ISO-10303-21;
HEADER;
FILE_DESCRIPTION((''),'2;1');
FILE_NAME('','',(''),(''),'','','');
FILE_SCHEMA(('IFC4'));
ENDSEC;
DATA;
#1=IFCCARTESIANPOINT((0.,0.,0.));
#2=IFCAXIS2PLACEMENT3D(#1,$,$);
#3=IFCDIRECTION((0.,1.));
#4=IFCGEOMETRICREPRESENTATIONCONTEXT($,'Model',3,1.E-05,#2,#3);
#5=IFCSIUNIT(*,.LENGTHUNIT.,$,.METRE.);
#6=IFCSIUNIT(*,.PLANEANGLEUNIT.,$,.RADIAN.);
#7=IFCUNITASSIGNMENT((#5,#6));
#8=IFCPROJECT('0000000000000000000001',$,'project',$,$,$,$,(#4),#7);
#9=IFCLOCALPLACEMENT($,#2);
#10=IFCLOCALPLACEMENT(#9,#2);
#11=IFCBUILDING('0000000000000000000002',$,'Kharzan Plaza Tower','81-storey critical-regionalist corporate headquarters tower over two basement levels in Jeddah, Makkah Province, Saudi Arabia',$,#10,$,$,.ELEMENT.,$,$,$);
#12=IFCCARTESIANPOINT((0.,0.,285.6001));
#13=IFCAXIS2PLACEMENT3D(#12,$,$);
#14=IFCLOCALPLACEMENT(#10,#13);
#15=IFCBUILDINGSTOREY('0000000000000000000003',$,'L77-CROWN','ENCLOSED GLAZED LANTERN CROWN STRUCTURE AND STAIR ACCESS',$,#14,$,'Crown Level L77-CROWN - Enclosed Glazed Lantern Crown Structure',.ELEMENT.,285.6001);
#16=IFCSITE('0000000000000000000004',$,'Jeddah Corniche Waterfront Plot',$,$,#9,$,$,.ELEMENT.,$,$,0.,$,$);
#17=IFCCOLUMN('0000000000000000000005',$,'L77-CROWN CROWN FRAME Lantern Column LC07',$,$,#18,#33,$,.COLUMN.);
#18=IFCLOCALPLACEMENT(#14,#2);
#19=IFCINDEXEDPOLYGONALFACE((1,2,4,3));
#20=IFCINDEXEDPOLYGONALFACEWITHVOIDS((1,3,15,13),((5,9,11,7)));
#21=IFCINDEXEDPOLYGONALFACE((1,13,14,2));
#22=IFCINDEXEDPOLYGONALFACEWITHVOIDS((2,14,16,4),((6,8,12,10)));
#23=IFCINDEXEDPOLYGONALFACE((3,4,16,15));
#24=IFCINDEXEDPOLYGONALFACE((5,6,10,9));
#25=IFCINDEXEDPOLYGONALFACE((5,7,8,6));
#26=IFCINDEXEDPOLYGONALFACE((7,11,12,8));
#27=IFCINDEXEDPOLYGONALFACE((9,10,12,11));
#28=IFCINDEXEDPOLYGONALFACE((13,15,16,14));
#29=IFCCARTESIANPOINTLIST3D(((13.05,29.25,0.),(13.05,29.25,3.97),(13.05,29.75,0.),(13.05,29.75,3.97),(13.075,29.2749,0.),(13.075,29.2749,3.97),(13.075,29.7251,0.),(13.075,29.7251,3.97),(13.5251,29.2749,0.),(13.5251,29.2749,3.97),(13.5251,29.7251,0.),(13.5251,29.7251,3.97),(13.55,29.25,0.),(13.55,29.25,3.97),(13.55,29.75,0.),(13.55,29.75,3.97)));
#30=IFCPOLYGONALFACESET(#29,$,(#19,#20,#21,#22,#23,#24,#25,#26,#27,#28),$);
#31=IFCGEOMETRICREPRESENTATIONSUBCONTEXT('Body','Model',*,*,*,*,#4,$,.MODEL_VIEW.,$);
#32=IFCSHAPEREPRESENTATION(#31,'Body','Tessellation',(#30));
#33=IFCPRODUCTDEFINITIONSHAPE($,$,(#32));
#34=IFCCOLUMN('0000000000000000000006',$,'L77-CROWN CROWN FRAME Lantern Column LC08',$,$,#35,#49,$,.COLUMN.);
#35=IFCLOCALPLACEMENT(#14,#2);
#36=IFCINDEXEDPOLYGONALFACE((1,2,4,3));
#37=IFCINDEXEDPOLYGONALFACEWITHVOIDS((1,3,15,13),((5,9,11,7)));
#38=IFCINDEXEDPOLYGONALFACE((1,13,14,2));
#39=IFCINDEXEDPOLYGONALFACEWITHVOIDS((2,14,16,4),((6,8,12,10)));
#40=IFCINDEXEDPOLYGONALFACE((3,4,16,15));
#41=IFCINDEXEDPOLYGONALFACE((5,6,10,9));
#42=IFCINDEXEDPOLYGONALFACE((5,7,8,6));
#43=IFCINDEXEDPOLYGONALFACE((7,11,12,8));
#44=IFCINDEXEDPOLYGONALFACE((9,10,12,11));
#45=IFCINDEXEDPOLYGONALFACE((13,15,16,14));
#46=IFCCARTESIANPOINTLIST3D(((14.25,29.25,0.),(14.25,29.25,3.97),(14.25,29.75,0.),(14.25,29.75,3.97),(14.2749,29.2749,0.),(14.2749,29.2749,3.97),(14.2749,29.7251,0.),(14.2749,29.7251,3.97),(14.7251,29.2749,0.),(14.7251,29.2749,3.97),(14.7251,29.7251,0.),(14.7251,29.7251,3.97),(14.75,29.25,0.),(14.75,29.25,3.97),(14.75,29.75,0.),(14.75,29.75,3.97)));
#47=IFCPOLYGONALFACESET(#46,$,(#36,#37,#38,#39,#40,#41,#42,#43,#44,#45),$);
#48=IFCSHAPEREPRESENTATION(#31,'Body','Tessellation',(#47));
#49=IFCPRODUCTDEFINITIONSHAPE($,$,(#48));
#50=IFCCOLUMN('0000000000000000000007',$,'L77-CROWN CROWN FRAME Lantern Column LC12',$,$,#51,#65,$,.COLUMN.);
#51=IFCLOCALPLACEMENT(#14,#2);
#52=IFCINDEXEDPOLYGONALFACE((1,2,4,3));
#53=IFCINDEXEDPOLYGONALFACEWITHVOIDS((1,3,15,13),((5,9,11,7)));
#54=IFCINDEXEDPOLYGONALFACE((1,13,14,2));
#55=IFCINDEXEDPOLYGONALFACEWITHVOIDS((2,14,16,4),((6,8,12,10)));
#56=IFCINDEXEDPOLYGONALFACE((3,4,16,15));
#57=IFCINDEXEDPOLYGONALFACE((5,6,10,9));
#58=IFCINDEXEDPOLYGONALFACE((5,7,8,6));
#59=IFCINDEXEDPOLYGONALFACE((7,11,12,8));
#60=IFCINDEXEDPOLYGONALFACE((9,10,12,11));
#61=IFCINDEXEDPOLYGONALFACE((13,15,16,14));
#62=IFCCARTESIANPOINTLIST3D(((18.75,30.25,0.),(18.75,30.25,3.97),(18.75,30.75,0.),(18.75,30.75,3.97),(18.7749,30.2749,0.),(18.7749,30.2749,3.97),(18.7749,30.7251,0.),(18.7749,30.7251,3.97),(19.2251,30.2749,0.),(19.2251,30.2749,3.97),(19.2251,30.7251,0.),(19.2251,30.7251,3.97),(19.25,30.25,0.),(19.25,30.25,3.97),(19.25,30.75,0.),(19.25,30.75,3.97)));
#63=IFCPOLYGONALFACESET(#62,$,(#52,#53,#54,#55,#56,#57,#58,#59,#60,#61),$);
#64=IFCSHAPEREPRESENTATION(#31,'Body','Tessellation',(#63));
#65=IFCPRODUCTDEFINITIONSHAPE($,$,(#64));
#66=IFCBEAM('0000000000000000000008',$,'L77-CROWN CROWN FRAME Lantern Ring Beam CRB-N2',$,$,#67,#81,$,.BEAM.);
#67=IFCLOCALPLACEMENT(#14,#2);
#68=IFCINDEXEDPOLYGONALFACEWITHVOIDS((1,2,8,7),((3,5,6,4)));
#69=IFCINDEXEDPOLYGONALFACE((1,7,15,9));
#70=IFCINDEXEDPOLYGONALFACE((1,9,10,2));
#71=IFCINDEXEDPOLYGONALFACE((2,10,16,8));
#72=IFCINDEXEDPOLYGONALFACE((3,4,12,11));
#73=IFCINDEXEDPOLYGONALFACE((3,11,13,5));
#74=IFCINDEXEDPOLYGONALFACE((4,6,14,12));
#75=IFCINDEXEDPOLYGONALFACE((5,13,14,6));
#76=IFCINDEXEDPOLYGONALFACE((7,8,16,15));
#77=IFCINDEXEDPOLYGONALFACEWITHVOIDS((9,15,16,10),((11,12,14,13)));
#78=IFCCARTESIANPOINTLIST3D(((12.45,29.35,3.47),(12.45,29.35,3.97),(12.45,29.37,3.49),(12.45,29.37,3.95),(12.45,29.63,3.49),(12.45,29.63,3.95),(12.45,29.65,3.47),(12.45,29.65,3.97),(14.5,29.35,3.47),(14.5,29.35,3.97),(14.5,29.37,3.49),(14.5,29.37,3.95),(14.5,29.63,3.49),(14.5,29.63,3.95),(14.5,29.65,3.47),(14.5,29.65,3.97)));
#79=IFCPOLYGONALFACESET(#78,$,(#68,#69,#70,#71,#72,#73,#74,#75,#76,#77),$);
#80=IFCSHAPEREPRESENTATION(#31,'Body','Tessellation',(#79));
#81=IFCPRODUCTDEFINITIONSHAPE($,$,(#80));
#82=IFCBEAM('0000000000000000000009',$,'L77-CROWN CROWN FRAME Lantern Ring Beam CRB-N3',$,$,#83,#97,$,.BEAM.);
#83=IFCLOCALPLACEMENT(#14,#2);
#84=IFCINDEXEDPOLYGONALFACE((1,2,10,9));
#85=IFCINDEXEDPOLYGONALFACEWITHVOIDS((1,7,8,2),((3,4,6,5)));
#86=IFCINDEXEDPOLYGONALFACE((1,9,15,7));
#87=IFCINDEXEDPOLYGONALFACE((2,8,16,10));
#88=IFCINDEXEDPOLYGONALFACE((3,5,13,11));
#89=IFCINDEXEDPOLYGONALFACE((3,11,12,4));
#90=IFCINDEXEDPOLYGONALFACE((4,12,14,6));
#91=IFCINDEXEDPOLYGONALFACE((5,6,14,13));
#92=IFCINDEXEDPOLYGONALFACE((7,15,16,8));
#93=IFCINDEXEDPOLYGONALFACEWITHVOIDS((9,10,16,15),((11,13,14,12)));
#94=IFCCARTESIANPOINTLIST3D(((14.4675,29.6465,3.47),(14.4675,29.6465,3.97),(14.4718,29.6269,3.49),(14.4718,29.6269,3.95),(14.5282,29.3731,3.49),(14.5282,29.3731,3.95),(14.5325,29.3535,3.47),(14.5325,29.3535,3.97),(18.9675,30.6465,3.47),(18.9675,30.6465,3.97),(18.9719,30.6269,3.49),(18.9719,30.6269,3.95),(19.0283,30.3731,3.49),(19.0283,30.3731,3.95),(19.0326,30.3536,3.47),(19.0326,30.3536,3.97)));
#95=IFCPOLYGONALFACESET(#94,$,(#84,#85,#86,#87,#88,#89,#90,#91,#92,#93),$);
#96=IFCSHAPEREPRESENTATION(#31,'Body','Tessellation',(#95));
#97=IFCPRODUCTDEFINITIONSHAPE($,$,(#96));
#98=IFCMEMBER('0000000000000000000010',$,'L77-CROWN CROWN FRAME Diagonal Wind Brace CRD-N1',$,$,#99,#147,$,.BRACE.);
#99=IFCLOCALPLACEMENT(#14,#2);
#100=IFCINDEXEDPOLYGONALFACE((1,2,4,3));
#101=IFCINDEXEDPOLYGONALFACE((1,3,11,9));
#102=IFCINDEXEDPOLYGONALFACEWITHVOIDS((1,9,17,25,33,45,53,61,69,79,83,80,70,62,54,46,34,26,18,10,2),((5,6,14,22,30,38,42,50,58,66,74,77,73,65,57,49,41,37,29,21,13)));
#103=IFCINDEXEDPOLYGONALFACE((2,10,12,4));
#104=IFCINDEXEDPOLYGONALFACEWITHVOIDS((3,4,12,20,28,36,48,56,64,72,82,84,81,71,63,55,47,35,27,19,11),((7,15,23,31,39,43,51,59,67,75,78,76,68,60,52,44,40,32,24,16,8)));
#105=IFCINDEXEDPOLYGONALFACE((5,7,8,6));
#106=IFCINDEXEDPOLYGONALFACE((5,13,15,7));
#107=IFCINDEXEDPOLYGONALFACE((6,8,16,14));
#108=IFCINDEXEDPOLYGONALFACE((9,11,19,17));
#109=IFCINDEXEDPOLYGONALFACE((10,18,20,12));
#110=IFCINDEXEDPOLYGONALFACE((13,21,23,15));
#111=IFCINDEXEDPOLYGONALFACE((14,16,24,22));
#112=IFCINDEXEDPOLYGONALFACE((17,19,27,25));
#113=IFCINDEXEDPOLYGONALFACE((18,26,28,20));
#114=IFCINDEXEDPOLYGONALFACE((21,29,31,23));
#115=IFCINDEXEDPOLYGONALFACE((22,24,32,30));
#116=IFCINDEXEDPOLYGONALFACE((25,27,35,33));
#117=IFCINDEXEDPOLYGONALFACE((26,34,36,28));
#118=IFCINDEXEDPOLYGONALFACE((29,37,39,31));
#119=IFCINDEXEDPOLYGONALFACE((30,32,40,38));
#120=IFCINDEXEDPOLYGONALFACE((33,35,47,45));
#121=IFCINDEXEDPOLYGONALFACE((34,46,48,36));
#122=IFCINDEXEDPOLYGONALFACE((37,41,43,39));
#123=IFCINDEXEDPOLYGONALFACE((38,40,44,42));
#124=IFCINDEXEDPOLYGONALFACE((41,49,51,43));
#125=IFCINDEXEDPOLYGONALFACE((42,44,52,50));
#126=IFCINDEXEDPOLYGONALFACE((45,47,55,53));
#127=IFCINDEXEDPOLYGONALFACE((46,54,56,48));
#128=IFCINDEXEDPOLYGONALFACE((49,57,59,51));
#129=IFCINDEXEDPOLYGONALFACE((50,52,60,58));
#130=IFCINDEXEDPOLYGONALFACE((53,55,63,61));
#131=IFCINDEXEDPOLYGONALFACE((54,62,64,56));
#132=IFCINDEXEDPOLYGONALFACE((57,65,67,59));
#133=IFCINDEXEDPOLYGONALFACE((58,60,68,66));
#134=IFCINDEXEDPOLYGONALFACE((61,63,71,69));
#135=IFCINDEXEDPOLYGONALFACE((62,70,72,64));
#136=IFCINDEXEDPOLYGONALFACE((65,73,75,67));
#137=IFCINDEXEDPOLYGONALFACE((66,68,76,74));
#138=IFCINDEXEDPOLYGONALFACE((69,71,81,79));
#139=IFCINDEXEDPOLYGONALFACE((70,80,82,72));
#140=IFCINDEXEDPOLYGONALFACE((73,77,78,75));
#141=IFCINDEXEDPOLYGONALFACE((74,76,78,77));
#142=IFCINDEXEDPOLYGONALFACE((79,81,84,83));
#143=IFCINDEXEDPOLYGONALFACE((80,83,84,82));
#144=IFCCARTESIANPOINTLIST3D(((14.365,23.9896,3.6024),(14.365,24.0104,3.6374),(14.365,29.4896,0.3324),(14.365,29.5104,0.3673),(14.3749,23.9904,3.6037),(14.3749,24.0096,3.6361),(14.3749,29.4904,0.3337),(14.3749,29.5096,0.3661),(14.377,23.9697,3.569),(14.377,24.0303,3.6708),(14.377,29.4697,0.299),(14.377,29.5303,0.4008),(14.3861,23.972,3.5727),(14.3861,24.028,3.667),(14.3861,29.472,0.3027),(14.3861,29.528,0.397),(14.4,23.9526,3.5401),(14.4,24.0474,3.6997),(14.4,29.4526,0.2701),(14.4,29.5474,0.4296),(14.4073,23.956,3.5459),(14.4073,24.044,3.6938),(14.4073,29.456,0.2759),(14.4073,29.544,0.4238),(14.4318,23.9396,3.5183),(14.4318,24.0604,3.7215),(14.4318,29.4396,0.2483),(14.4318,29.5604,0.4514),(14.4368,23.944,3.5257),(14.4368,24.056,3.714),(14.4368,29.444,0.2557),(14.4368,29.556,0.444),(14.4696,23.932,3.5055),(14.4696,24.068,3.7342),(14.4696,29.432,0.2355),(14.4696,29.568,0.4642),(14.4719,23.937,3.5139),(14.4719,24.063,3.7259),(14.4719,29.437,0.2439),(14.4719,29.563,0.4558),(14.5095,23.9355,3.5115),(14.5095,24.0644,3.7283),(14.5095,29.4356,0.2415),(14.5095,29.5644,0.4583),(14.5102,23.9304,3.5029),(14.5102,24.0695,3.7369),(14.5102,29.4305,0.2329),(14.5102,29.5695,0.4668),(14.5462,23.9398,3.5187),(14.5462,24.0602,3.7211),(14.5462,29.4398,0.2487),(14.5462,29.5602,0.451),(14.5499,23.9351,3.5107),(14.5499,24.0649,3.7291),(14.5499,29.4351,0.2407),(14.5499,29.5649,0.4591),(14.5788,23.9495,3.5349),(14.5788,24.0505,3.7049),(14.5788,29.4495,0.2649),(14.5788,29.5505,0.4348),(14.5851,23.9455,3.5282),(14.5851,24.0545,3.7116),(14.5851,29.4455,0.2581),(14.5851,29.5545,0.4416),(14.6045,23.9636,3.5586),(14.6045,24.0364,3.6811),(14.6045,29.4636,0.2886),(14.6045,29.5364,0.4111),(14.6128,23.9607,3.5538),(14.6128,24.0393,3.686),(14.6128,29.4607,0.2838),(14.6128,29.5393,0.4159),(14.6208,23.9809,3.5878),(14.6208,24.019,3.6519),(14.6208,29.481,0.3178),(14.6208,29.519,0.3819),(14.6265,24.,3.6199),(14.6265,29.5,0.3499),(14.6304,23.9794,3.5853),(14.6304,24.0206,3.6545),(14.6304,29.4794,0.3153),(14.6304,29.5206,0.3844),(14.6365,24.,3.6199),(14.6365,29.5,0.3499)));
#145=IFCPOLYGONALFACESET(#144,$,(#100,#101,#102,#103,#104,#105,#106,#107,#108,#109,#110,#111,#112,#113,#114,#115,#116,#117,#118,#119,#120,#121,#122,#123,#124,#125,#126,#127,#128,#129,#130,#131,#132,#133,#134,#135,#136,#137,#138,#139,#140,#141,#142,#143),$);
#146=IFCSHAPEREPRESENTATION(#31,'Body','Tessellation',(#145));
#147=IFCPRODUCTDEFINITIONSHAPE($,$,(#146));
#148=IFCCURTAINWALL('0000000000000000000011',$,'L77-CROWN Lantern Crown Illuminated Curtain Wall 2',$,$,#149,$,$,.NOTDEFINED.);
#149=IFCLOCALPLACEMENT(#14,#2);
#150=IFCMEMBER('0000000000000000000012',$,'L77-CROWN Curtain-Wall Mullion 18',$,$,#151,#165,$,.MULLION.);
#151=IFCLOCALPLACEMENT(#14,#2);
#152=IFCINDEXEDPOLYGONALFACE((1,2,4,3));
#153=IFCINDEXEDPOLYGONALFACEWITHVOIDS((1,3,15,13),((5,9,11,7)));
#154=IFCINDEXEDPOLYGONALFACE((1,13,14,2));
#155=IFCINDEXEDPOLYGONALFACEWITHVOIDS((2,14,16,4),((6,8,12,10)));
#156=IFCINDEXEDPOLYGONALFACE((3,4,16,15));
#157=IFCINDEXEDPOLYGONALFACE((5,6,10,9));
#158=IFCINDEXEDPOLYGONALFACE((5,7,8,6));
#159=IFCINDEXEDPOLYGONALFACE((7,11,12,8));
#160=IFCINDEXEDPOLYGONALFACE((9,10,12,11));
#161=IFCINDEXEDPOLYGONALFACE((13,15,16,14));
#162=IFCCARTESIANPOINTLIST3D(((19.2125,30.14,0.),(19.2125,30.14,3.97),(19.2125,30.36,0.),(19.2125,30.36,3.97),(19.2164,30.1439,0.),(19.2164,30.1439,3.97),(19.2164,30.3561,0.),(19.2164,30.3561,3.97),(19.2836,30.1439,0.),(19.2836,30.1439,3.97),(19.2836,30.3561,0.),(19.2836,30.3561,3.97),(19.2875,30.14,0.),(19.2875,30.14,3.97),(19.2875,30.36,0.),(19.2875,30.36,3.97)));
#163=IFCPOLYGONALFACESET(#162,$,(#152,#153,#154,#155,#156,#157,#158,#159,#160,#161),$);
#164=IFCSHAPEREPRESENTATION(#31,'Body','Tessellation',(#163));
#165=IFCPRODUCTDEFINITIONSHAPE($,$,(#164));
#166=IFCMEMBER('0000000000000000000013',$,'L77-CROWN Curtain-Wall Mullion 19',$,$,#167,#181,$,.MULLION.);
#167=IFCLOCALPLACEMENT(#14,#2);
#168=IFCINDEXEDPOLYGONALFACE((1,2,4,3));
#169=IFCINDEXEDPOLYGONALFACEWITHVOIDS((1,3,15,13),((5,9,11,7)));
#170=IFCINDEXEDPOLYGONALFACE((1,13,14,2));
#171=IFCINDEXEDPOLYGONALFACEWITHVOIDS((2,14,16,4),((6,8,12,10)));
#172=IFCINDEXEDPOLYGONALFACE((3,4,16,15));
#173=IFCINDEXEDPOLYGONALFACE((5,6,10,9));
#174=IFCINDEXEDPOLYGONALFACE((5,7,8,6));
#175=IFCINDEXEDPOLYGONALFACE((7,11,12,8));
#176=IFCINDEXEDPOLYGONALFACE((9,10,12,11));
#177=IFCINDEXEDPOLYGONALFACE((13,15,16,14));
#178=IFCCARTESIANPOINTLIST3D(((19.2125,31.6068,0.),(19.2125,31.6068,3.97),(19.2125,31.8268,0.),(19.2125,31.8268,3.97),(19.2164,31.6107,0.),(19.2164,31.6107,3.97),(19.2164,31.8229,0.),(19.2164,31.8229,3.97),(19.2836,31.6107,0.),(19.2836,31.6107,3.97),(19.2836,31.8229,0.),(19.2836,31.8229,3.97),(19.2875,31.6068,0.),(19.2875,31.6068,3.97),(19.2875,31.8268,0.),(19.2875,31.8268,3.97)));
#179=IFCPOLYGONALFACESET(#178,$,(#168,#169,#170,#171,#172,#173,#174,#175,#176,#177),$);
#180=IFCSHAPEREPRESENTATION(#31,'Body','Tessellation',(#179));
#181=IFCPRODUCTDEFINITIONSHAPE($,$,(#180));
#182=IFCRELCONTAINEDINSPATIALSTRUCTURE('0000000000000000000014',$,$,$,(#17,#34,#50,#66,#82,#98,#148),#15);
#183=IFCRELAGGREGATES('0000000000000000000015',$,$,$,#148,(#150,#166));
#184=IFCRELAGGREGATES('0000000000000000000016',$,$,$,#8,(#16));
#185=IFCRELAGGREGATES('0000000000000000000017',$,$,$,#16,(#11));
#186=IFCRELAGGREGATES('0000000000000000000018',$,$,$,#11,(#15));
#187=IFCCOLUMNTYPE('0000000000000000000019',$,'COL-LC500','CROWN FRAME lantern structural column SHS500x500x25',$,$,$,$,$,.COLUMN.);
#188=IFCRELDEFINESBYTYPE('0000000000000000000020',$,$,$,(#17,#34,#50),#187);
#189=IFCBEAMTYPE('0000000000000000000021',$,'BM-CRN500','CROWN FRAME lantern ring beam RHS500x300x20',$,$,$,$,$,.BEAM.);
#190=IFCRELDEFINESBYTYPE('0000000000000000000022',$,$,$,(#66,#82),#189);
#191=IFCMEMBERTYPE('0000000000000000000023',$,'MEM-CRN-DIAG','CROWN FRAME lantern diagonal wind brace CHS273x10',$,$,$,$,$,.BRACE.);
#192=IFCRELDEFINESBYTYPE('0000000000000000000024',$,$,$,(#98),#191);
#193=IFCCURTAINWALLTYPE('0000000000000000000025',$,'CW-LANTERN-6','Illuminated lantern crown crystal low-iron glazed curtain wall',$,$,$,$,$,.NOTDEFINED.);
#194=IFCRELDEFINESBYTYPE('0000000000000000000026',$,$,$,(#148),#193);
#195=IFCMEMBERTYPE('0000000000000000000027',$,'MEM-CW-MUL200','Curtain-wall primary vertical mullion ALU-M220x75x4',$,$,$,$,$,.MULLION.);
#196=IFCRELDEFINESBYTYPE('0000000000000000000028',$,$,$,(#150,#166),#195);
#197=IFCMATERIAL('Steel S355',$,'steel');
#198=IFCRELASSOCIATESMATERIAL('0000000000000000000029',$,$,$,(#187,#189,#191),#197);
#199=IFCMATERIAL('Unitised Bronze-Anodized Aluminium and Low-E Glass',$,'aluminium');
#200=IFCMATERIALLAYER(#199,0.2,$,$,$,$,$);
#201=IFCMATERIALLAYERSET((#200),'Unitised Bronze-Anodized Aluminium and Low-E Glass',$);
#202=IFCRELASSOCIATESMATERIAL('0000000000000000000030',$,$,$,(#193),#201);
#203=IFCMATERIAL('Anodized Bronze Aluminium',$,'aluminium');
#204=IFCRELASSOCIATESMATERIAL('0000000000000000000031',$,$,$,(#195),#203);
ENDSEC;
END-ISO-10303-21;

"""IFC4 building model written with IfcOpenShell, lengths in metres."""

from ifc_helpers import new_model, si_unit, direction, frame, origin, origin_2d, place, context, subcontext, project, spatial, hollow_rectangle, hollow_circle, extrude, source, transform, mapped, material, layer, layer_set, material_profile, profile_set, type_object, element, aggregate, save


model = new_model("IFC4")

# Units and contexts
model_context = context("Model", 3, precision=1e-05, world=origin(), true_north=direction((0.0, 1.0)))
body_context = subcontext(model_context, "Body", "Model", "MODEL_VIEW")
ifc_project = project(units=[si_unit("LENGTHUNIT", "METRE"), si_unit("PLANEANGLEUNIT", "RADIAN")], contexts=[model_context])

# Site, building, storey
site_placement = place(None, origin())
site = spatial("IfcSite", under=ifc_project, at=site_placement, Name="Jeddah Corniche Waterfront Plot", CompositionType="ELEMENT", RefElevation=0.0)
building_placement = place(site_placement, origin())
building = spatial("IfcBuilding", under=site, at=building_placement, Name="Kharzan Plaza Tower", Description="81-storey critical-regionalist corporate headquarters tower over two basement levels in Jeddah, Makkah Province, Saudi Arabia", CompositionType="ELEMENT")
storey_placement = place(building_placement, frame((0.0, 0.0, 285.6001)))
storey = spatial("IfcBuildingStorey", under=building, at=storey_placement, Name="L77-CROWN", Description="ENCLOSED GLAZED LANTERN CROWN STRUCTURE AND STAIR ACCESS", LongName="Crown Level L77-CROWN - Enclosed Glazed Lantern Crown Structure", CompositionType="ELEMENT", Elevation=285.6001)

# Columns
ifc_material_1 = material(Name="Steel S355", Category="steel")
ifc_material_profile_1 = material_profile(ifc_material_1, hollow_rectangle(XDim=0.5, YDim=0.5, WallThickness=0.0249, at=origin_2d()), Name="SHS500x500x25")
ifc_profile_set_1 = profile_set([ifc_material_profile_1], Name="Steel S355")
column_type = type_object("IfcColumnType", Name="COL-LC500", Description="CROWN FRAME lantern structural column SHS500x500x25", PredefinedType="COLUMN", material=ifc_profile_set_1)
shared_shape_1 = source(origin(), body_context, "Body", "SweptSolid", [
    extrude(hollow_rectangle(XDim=0.5, YDim=0.5, WallThickness=0.0249, at=origin_2d()), origin(), (0.0, 0.0, 1.0), 3.97),
])
for number, where, z_axis, x_axis, name in (
    (1, (13.3, 29.5, 0.0), (0.0, 0.0, 1.0), (1.0, 0.0, 0.0), "L77-CROWN CROWN FRAME Lantern Column LC07"),
    (2, (14.5, 29.5, 0.0), (0.0, 0.0, 1.0), (1.0, 0.0, 0.0), "L77-CROWN CROWN FRAME Lantern Column LC08"),
    (3, (19.0, 30.5, 0.0), (0.0, 0.0, 1.0), (1.0, 0.0, 0.0), "L77-CROWN CROWN FRAME Lantern Column LC12"),
):
    element("IfcColumn", number, at=place(storey_placement, frame(where, z_axis=z_axis, x_axis=x_axis)), inside=storey, type_object=column_type, Name=name, PredefinedType="COLUMN", context=body_context, shape_type="MappedRepresentation", body=[
        mapped(shared_shape_1, transform((0.0, 0.0, 0.0), x_axis=(1.0, 0.0, 0.0), y_axis=(0.0, 1.0, 0.0), z_axis=(0.0, 0.0, 1.0))),
    ])

# Beams
ifc_material_profile_2 = material_profile(ifc_material_1, hollow_rectangle(XDim=0.3, YDim=0.5, WallThickness=0.02, at=origin_2d()), Name="RHS500x300x20")
ifc_profile_set_2 = profile_set([ifc_material_profile_2], Name="Steel S355")
beam_type = type_object("IfcBeamType", Name="BM-CRN500", Description="CROWN FRAME lantern ring beam RHS500x300x20", PredefinedType="BEAM", material=ifc_profile_set_2)
shared_shape_2 = source(origin(), body_context, "Body", "SweptSolid", [
    extrude(hollow_rectangle(XDim=0.3, YDim=0.5, WallThickness=0.02, at=origin_2d()), origin(), (0.0, 0.0, 1.0), 2.05),
])
beam_1_placement = place(storey_placement, frame((12.45, 29.5, 3.72), z_axis=(1.0, 0.0, 0.0), x_axis=(0.0, 1.0, 0.0)))
element("IfcBeam", 4, at=beam_1_placement, inside=storey, type_object=beam_type, Name="L77-CROWN CROWN FRAME Lantern Ring Beam CRB-N2", PredefinedType="BEAM", context=body_context, shape_type="MappedRepresentation", body=[
    mapped(shared_shape_2, transform((0.0, 0.0, 0.0), x_axis=(1.0, 0.0, 0.0), y_axis=(0.0, 1.0, 0.0), z_axis=(0.0, 0.0, 1.0))),
])
shared_shape_3 = source(origin(), body_context, "Body", "SweptSolid", [
    extrude(hollow_rectangle(XDim=0.3, YDim=0.5, WallThickness=0.02, at=origin_2d()), origin(), (0.0, 0.0, 1.0), 4.6099),
])
beam_2_placement = place(storey_placement, frame((14.5, 29.5, 3.72), z_axis=(0.976187, 0.21693, 0.0), x_axis=(-0.21693, 0.976187, 0.0)))
element("IfcBeam", 5, at=beam_2_placement, inside=storey, type_object=beam_type, Name="L77-CROWN CROWN FRAME Lantern Ring Beam CRB-N3", PredefinedType="BEAM", context=body_context, shape_type="MappedRepresentation", body=[
    mapped(shared_shape_3, transform((0.0, 0.0, 0.0), x_axis=(1.0, 0.0, 0.0), y_axis=(0.0, 1.0, 0.0), z_axis=(0.0, 0.0, 1.0))),
])

# Member
ifc_material_profile_3 = material_profile(ifc_material_1, hollow_circle(Radius=0.1365, WallThickness=0.01, at=origin_2d()), Name="CHS273x10")
ifc_profile_set_3 = profile_set([ifc_material_profile_3], Name="Steel S355")
member_type_1 = type_object("IfcMemberType", Name="MEM-CRN-DIAG", Description="CROWN FRAME lantern diagonal wind brace CHS273x10", PredefinedType="BRACE", material=ifc_profile_set_3)
shared_shape_4 = source(origin(), body_context, "Body", "SweptSolid", [
    extrude(hollow_circle(Radius=0.1365, WallThickness=0.01, at=origin_2d()), origin(), (0.0, 0.0, 1.0), 6.3987),
])
member_1_placement = place(storey_placement, frame((14.5, 29.5, 0.3499), z_axis=(0.0, -0.859553, 0.511046), x_axis=(1.0, 0.0, 0.0)))
element("IfcMember", 6, at=member_1_placement, inside=storey, type_object=member_type_1, Name="L77-CROWN CROWN FRAME Diagonal Wind Brace CRD-N1", PredefinedType="BRACE", context=body_context, shape_type="MappedRepresentation", body=[
    mapped(shared_shape_4, transform((0.0, 0.0, 0.0), x_axis=(1.0, 0.0, 0.0), y_axis=(0.0, 1.0, 0.0), z_axis=(0.0, 0.0, 1.0))),
])

# Curtain wall, members
ifc_material_2 = material(Name="Unitised Bronze-Anodized Aluminium and Low-E Glass", Category="aluminium")
ifc_layer_1 = layer(ifc_material_2, 0.2)
ifc_layer_set_1 = layer_set([ifc_layer_1], Name="Unitised Bronze-Anodized Aluminium and Low-E Glass")
curtain_wall_type = type_object("IfcCurtainWallType", Name="CW-LANTERN-6", Description="Illuminated lantern crown crystal low-iron glazed curtain wall", PredefinedType="NOTDEFINED", material=ifc_layer_set_1)
curtain_wall_1_placement = place(storey_placement, origin())
curtain_wall_1 = element("IfcCurtainWall", 7, at=curtain_wall_1_placement, inside=storey, type_object=curtain_wall_type, Name="L77-CROWN Lantern Crown Illuminated Curtain Wall 2", PredefinedType="NOTDEFINED")
ifc_material_3 = material(Name="Anodized Bronze Aluminium", Category="aluminium")
ifc_material_profile_4 = material_profile(ifc_material_3, hollow_rectangle(XDim=0.075, YDim=0.22, WallThickness=0.0039, at=origin_2d()), Name="ALU-M220x75x4")
ifc_profile_set_4 = profile_set([ifc_material_profile_4], Name="Anodized Bronze Aluminium")
member_type_2 = type_object("IfcMemberType", Name="MEM-CW-MUL200", Description="Curtain-wall primary vertical mullion ALU-M220x75x4", PredefinedType="MULLION", material=ifc_profile_set_4)
shared_shape_5 = source(origin(), body_context, "Body", "SweptSolid", [
    extrude(hollow_rectangle(XDim=0.075, YDim=0.22, WallThickness=0.0039, at=origin_2d()), origin(), (0.0, 0.0, 1.0), 3.97),
])
member_2_placement = place(storey_placement, frame((19.25, 30.25, 0.0), z_axis=(0.0, 0.0, 1.0), x_axis=(1.0, 0.0, 0.0)))
member_2 = element("IfcMember", 8, at=member_2_placement, type_object=member_type_2, Name="L77-CROWN Curtain-Wall Mullion 18", PredefinedType="MULLION", context=body_context, shape_type="MappedRepresentation", body=[
    mapped(shared_shape_5, transform((0.0, 0.0, 0.0), x_axis=(1.0, 0.0, 0.0), y_axis=(0.0, 1.0, 0.0), z_axis=(0.0, 0.0, 1.0))),
])
member_3_placement = place(storey_placement, frame((19.25, 31.7168, 0.0), z_axis=(0.0, 0.0, 1.0), x_axis=(1.0, 0.0, 0.0)))
member_3 = element("IfcMember", 9, at=member_3_placement, type_object=member_type_2, Name="L77-CROWN Curtain-Wall Mullion 19", PredefinedType="MULLION", context=body_context, shape_type="MappedRepresentation", body=[
    mapped(shared_shape_5, transform((0.0, 0.0, 0.0), x_axis=(1.0, 0.0, 0.0), y_axis=(0.0, 1.0, 0.0), z_axis=(0.0, 0.0, 1.0))),
])

aggregate(curtain_wall_1, [member_2, member_3])

save(model, "model.ifc")
